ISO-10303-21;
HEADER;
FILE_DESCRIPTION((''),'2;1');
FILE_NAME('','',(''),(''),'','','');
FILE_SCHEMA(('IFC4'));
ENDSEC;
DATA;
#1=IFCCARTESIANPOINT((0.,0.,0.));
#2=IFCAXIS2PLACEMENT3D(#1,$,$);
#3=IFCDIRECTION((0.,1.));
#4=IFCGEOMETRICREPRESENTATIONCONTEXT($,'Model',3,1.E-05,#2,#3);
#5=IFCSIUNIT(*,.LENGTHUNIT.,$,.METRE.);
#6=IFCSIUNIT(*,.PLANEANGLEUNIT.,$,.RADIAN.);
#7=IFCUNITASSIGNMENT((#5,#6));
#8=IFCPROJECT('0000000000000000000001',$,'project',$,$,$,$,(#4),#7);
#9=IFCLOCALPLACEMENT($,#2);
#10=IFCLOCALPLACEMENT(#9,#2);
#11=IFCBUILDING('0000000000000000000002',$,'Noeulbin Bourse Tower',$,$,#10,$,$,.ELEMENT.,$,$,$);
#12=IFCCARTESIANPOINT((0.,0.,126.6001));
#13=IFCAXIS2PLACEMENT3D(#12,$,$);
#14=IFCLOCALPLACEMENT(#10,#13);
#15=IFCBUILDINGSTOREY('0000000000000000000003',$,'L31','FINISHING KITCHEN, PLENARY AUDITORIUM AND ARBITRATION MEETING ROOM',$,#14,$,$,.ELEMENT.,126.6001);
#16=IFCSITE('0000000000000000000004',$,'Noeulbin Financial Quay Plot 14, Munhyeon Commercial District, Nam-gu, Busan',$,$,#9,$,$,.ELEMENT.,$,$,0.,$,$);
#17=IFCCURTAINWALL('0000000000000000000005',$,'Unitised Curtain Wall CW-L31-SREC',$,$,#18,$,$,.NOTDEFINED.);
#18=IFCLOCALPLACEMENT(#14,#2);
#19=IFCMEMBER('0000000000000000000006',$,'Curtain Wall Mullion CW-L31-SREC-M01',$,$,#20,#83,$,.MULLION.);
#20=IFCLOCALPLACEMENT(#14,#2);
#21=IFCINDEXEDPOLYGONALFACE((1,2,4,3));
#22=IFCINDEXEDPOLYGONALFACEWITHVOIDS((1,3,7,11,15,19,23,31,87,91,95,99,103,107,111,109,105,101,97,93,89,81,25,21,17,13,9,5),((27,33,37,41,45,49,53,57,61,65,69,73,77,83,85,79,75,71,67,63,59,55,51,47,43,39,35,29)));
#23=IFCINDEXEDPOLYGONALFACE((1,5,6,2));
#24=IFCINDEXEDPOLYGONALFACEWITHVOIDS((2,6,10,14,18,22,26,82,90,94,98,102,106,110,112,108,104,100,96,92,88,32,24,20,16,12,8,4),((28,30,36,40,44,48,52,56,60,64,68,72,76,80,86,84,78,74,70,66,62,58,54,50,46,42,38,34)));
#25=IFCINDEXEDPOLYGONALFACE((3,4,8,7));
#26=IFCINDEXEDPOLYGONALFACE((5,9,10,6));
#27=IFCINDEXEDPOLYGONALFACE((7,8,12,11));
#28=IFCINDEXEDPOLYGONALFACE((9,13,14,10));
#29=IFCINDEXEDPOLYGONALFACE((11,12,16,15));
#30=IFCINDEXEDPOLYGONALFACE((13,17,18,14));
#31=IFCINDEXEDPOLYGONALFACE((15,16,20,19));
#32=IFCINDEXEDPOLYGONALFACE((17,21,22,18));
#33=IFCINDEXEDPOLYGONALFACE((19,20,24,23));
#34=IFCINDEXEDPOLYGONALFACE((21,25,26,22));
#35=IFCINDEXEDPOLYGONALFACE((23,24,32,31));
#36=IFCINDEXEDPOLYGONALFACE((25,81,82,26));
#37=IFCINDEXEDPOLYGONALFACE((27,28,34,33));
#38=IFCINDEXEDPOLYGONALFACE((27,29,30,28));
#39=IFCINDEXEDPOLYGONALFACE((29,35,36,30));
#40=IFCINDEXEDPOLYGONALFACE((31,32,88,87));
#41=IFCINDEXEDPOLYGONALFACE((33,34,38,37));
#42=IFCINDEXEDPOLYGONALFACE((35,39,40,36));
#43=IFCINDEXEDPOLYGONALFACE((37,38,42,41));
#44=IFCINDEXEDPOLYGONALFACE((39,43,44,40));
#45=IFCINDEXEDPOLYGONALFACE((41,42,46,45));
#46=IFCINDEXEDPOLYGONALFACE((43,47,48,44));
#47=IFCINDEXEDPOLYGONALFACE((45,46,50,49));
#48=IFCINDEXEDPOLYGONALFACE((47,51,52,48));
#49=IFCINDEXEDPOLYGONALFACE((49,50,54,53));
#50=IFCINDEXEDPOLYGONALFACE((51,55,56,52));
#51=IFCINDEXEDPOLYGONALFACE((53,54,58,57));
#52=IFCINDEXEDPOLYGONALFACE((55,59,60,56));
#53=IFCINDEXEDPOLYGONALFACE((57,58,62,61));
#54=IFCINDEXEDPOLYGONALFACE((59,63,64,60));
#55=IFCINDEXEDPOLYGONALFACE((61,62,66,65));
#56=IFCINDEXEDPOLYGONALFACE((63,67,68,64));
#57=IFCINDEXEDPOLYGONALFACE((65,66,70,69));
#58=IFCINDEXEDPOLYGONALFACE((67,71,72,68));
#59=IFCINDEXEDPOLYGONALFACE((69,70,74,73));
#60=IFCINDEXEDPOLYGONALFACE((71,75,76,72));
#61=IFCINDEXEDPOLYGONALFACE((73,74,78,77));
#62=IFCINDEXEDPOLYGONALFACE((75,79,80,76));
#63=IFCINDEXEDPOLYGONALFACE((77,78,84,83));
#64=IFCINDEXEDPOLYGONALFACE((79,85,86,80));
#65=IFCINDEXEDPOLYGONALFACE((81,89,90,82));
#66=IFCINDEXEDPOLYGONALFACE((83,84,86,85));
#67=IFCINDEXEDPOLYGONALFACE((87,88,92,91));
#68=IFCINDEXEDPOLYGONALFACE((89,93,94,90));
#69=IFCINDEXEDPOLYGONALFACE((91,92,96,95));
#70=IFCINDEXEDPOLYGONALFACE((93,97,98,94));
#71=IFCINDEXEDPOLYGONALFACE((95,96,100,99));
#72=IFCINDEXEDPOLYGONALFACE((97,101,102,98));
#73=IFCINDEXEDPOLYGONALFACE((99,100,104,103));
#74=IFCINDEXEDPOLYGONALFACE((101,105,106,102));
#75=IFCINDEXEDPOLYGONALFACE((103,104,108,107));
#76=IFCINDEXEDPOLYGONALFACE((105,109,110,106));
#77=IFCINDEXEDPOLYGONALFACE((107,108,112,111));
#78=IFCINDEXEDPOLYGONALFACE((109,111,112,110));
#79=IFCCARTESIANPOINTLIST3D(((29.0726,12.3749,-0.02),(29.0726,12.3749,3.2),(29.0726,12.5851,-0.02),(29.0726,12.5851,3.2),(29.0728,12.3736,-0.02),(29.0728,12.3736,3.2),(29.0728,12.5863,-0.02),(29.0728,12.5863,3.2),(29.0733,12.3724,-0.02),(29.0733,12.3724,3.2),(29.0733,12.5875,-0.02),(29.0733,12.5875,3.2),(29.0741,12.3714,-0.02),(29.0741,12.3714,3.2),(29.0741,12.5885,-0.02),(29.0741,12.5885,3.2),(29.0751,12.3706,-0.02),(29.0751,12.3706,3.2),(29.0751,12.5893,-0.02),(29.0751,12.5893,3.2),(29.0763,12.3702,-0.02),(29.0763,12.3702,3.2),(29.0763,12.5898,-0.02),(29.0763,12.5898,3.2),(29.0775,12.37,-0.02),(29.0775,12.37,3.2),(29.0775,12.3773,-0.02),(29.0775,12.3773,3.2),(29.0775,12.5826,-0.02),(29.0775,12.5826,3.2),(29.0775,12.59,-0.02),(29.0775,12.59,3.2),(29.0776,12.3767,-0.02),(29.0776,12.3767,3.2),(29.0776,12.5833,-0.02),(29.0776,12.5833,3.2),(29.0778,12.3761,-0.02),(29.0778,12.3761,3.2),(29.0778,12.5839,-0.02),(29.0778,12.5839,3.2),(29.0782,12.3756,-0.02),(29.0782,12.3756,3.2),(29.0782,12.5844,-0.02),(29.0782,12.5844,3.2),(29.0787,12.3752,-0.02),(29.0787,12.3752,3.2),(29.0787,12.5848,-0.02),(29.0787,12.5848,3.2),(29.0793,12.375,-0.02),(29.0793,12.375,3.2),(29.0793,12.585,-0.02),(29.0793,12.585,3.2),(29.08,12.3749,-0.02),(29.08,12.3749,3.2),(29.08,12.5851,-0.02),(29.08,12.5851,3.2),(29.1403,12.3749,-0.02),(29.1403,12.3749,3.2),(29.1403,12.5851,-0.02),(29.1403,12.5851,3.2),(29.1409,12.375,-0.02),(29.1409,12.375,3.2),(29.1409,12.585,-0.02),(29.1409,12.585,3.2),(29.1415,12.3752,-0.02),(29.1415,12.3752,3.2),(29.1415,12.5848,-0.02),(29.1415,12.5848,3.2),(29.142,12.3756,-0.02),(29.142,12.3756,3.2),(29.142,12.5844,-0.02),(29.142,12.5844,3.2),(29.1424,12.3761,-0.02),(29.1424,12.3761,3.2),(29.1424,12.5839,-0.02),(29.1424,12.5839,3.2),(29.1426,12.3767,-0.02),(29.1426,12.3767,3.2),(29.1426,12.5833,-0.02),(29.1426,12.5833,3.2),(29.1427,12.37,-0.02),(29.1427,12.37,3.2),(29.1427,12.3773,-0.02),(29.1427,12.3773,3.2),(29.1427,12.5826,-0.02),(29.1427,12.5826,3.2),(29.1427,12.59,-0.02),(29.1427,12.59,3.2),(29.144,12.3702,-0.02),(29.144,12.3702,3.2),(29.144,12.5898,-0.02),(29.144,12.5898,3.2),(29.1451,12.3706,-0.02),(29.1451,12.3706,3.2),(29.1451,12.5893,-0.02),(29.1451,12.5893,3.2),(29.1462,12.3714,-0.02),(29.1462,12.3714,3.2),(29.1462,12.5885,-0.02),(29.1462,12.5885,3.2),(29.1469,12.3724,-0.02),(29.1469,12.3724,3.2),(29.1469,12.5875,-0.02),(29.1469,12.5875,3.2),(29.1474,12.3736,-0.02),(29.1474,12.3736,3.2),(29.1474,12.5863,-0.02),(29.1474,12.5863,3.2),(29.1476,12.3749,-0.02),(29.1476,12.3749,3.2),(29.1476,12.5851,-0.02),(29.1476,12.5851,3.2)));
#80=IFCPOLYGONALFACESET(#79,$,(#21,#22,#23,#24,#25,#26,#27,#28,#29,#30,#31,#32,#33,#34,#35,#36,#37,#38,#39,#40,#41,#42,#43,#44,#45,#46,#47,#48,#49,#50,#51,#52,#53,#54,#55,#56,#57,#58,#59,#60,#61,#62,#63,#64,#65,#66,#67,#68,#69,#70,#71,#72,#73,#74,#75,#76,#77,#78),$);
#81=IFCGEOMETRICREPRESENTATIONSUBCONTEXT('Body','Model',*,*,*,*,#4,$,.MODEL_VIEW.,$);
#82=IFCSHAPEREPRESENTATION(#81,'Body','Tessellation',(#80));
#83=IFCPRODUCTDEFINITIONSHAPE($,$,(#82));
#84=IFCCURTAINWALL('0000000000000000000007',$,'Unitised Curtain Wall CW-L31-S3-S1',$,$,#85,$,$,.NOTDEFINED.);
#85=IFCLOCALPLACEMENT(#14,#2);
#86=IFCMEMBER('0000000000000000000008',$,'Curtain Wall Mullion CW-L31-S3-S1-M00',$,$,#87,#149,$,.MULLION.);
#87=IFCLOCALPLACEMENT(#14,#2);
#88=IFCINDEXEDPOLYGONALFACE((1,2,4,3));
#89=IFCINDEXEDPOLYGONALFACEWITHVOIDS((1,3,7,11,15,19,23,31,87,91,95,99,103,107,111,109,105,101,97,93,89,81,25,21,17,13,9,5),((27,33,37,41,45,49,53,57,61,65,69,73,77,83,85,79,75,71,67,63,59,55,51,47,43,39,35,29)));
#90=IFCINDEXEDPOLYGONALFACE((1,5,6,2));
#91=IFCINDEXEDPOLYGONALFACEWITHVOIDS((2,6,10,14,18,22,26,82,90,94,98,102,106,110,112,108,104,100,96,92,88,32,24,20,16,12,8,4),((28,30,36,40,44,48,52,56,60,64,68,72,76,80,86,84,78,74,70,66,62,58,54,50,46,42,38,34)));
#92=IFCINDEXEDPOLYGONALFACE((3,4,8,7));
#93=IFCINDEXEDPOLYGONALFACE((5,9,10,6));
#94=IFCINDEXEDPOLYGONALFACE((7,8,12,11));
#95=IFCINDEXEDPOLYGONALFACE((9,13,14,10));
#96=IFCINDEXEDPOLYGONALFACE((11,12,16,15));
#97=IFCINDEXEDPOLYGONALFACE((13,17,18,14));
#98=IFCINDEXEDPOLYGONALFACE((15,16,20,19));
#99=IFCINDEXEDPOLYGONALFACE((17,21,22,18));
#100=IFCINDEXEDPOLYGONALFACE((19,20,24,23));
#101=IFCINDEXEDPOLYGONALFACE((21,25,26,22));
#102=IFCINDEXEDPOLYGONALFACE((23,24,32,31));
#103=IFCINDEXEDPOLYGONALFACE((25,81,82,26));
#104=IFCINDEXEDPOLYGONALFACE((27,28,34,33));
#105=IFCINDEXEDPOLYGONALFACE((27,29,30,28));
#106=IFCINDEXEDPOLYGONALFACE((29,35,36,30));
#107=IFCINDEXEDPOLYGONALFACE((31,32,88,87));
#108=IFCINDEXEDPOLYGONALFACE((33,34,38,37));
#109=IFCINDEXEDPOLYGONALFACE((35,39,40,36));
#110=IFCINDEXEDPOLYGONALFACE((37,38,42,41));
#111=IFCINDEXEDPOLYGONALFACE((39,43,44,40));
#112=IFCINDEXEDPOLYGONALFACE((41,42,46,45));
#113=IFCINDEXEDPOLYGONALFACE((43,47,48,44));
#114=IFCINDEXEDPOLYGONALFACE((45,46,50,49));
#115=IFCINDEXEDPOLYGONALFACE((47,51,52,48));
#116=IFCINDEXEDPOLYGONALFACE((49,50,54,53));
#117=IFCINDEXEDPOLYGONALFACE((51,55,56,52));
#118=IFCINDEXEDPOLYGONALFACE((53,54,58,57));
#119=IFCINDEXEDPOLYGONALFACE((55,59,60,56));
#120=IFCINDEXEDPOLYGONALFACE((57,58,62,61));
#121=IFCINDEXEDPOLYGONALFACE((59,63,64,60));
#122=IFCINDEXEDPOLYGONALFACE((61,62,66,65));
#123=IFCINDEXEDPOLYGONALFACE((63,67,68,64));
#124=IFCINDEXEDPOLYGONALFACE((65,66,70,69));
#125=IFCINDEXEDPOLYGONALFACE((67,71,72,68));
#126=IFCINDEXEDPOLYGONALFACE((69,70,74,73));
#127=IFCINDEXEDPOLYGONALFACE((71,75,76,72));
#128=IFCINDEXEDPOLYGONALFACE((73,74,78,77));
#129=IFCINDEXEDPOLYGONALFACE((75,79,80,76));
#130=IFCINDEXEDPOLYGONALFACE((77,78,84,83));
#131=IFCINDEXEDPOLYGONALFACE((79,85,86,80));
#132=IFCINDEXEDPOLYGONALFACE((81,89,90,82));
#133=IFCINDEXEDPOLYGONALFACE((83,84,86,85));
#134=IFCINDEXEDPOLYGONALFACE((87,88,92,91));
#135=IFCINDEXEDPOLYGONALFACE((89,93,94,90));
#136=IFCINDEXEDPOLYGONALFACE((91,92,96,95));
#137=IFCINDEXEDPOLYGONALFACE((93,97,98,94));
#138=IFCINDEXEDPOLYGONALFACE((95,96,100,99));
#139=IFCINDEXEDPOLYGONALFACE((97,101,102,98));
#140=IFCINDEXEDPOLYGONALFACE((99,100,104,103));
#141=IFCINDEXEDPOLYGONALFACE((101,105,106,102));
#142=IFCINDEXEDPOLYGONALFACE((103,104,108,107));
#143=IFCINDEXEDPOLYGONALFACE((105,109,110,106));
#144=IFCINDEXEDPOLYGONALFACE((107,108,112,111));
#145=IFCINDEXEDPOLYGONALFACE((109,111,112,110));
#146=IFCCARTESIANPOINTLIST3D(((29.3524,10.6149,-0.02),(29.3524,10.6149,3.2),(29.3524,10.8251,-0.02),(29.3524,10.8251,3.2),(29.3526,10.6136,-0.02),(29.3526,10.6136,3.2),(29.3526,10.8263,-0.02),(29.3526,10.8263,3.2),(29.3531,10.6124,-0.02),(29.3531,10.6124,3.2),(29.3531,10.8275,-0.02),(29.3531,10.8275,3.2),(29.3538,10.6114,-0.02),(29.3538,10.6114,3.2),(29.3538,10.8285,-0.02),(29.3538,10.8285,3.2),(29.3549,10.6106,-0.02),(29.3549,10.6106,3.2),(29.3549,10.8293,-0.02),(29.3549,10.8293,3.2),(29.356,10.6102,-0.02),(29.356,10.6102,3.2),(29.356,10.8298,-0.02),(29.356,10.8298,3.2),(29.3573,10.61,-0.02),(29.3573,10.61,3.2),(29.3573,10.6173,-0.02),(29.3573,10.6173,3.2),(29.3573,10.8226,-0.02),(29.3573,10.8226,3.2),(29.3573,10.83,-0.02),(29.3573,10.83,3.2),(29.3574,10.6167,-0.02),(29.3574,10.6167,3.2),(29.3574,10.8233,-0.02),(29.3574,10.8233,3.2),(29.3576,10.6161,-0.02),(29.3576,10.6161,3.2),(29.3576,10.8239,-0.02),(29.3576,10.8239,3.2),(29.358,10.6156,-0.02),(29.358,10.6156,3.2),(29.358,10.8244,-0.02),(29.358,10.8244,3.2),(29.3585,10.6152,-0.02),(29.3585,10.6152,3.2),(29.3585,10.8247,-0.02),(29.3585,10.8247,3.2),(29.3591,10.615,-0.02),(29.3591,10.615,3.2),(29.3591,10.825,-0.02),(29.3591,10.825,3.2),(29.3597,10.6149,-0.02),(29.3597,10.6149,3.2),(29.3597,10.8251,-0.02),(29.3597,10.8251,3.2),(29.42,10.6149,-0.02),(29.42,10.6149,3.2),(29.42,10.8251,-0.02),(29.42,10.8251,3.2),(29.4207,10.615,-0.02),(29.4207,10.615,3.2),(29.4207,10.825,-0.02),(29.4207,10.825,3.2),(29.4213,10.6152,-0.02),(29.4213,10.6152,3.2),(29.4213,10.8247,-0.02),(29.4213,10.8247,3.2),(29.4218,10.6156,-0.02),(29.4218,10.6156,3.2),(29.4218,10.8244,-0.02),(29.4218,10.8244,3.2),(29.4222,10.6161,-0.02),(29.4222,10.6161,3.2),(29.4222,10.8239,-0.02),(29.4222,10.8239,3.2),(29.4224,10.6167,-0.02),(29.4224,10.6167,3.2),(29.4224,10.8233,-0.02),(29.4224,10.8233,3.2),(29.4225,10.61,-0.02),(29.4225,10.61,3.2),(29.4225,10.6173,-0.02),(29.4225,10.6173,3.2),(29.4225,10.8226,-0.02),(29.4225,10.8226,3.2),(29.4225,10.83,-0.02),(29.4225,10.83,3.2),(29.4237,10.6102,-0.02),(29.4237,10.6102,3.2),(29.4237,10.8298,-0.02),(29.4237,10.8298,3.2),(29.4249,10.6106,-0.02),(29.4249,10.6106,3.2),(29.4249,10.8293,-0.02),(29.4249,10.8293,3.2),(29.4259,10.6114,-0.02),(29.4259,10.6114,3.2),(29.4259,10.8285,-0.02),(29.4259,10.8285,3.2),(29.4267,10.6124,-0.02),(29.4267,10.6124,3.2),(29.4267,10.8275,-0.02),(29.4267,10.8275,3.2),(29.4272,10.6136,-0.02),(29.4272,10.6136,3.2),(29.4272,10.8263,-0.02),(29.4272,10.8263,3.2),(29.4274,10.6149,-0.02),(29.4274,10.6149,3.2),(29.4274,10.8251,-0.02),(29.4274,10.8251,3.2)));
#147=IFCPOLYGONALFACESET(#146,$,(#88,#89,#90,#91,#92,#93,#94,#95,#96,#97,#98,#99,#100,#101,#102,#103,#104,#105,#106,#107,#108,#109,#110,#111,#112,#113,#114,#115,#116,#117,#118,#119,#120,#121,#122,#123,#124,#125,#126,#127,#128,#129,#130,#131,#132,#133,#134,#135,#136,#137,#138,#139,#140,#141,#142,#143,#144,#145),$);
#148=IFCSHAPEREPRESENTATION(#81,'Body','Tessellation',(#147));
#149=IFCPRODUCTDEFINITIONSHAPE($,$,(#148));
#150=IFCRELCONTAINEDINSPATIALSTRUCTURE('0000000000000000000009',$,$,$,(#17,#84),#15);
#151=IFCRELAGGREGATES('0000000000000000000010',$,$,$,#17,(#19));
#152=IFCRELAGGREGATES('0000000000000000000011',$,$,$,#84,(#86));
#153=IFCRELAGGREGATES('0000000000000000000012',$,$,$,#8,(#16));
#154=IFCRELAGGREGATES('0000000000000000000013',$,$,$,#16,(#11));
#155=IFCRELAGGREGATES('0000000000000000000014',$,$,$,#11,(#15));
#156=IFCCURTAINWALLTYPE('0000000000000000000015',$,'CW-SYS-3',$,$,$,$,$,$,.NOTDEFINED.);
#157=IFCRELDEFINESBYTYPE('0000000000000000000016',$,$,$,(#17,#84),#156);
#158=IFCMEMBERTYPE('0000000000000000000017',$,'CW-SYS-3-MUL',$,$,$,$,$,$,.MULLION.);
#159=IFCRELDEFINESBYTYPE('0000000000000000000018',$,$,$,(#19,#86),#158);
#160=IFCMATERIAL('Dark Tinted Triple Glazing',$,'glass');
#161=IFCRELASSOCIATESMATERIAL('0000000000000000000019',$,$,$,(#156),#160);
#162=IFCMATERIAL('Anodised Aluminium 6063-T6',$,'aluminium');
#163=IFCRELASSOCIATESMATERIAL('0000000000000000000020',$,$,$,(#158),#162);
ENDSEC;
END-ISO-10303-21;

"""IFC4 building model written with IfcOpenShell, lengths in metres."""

from ifc_helpers import new_model, si_unit, direction, frame, origin, origin_2d, place, context, subcontext, project, spatial, hollow_rectangle, extrude, material, material_profile, profile_set, type_object, element, aggregate, save


model = new_model("IFC4")

# Units and contexts
model_context = context("Model", 3, precision=1e-05, world=origin(), true_north=direction((0.0, 1.0)))
body_context = subcontext(model_context, "Body", "Model", "MODEL_VIEW")
ifc_project = project(units=[si_unit("LENGTHUNIT", "METRE"), si_unit("PLANEANGLEUNIT", "RADIAN")], contexts=[model_context])

# Site, building, storey
site_placement = place(None, origin())
site = spatial("IfcSite", under=ifc_project, at=site_placement, Name="Noeulbin Financial Quay Plot 14, Munhyeon Commercial District, Nam-gu, Busan", CompositionType="ELEMENT", RefElevation=0.0)
building_placement = place(site_placement, origin())
building = spatial("IfcBuilding", under=site, at=building_placement, Name="Noeulbin Bourse Tower", CompositionType="ELEMENT")
storey_placement = place(building_placement, frame((0.0, 0.0, 126.6001)))
storey = spatial("IfcBuildingStorey", under=building, at=storey_placement, Name="L31", Description="FINISHING KITCHEN, PLENARY AUDITORIUM AND ARBITRATION MEETING ROOM", CompositionType="ELEMENT", Elevation=126.6001)

# Curtain wall, member
ifc_material_1 = material(Name="Dark Tinted Triple Glazing", Category="glass")
curtain_wall_type = type_object("IfcCurtainWallType", Name="CW-SYS-3", PredefinedType="NOTDEFINED", material=ifc_material_1)
curtain_wall_1_placement = place(storey_placement, origin())
curtain_wall_1 = element("IfcCurtainWall", 1, at=curtain_wall_1_placement, inside=storey, type_object=curtain_wall_type, Name="Unitised Curtain Wall CW-L31-SREC", PredefinedType="NOTDEFINED")
ifc_material_2 = material(Name="Anodised Aluminium 6063-T6", Category="aluminium")
ifc_material_profile_1 = material_profile(ifc_material_2, hollow_rectangle(XDim=0.075, YDim=0.22, WallThickness=0.0049, InnerFilletRadius=0.0024, OuterFilletRadius=0.0049, at=origin_2d()), Name="ALU-MULL-75x220x5", Category="LoadBearing")
ifc_profile_set_1 = profile_set([ifc_material_profile_1], Name="Anodised Aluminium 6063-T6")
member_type_1 = type_object("IfcMemberType", Name="CW-SYS-3-MUL", PredefinedType="MULLION", material=ifc_profile_set_1)
member_1_placement = place(storey_placement, frame((29.1101, 12.48, -0.02), z_axis=(0.0, 0.0, 1.0), x_axis=(1.0, 0.0, 0.0)))
member_1 = element("IfcMember", 2, at=member_1_placement, type_object=member_type_1, Name="Curtain Wall Mullion CW-L31-SREC-M01", PredefinedType="MULLION", context=body_context, shape_type="SweptSolid", body=[
    extrude(hollow_rectangle(XDim=0.075, YDim=0.22, WallThickness=0.0049, InnerFilletRadius=0.0024, OuterFilletRadius=0.0049, at=origin_2d()), origin(), (0.0, 0.0, 1.0), 3.22),
])

# Curtain wall, member
curtain_wall_2_placement = place(storey_placement, origin())
curtain_wall_2 = element("IfcCurtainWall", 3, at=curtain_wall_2_placement, inside=storey, type_object=curtain_wall_type, Name="Unitised Curtain Wall CW-L31-S3-S1", PredefinedType="NOTDEFINED")
member_2_placement = place(storey_placement, frame((29.3899, 10.72, -0.02), z_axis=(0.0, 0.0, 1.0), x_axis=(1.0, 0.0, 0.0)))
member_2 = element("IfcMember", 4, at=member_2_placement, type_object=member_type_1, Name="Curtain Wall Mullion CW-L31-S3-S1-M00", PredefinedType="MULLION", context=body_context, shape_type="SweptSolid", body=[
    extrude(hollow_rectangle(XDim=0.075, YDim=0.22, WallThickness=0.0049, InnerFilletRadius=0.0024, OuterFilletRadius=0.0049, at=origin_2d()), origin(), (0.0, 0.0, 1.0), 3.22),
])

aggregate(curtain_wall_1, [member_1])
aggregate(curtain_wall_2, [member_2])

save(model, "model.ifc")
